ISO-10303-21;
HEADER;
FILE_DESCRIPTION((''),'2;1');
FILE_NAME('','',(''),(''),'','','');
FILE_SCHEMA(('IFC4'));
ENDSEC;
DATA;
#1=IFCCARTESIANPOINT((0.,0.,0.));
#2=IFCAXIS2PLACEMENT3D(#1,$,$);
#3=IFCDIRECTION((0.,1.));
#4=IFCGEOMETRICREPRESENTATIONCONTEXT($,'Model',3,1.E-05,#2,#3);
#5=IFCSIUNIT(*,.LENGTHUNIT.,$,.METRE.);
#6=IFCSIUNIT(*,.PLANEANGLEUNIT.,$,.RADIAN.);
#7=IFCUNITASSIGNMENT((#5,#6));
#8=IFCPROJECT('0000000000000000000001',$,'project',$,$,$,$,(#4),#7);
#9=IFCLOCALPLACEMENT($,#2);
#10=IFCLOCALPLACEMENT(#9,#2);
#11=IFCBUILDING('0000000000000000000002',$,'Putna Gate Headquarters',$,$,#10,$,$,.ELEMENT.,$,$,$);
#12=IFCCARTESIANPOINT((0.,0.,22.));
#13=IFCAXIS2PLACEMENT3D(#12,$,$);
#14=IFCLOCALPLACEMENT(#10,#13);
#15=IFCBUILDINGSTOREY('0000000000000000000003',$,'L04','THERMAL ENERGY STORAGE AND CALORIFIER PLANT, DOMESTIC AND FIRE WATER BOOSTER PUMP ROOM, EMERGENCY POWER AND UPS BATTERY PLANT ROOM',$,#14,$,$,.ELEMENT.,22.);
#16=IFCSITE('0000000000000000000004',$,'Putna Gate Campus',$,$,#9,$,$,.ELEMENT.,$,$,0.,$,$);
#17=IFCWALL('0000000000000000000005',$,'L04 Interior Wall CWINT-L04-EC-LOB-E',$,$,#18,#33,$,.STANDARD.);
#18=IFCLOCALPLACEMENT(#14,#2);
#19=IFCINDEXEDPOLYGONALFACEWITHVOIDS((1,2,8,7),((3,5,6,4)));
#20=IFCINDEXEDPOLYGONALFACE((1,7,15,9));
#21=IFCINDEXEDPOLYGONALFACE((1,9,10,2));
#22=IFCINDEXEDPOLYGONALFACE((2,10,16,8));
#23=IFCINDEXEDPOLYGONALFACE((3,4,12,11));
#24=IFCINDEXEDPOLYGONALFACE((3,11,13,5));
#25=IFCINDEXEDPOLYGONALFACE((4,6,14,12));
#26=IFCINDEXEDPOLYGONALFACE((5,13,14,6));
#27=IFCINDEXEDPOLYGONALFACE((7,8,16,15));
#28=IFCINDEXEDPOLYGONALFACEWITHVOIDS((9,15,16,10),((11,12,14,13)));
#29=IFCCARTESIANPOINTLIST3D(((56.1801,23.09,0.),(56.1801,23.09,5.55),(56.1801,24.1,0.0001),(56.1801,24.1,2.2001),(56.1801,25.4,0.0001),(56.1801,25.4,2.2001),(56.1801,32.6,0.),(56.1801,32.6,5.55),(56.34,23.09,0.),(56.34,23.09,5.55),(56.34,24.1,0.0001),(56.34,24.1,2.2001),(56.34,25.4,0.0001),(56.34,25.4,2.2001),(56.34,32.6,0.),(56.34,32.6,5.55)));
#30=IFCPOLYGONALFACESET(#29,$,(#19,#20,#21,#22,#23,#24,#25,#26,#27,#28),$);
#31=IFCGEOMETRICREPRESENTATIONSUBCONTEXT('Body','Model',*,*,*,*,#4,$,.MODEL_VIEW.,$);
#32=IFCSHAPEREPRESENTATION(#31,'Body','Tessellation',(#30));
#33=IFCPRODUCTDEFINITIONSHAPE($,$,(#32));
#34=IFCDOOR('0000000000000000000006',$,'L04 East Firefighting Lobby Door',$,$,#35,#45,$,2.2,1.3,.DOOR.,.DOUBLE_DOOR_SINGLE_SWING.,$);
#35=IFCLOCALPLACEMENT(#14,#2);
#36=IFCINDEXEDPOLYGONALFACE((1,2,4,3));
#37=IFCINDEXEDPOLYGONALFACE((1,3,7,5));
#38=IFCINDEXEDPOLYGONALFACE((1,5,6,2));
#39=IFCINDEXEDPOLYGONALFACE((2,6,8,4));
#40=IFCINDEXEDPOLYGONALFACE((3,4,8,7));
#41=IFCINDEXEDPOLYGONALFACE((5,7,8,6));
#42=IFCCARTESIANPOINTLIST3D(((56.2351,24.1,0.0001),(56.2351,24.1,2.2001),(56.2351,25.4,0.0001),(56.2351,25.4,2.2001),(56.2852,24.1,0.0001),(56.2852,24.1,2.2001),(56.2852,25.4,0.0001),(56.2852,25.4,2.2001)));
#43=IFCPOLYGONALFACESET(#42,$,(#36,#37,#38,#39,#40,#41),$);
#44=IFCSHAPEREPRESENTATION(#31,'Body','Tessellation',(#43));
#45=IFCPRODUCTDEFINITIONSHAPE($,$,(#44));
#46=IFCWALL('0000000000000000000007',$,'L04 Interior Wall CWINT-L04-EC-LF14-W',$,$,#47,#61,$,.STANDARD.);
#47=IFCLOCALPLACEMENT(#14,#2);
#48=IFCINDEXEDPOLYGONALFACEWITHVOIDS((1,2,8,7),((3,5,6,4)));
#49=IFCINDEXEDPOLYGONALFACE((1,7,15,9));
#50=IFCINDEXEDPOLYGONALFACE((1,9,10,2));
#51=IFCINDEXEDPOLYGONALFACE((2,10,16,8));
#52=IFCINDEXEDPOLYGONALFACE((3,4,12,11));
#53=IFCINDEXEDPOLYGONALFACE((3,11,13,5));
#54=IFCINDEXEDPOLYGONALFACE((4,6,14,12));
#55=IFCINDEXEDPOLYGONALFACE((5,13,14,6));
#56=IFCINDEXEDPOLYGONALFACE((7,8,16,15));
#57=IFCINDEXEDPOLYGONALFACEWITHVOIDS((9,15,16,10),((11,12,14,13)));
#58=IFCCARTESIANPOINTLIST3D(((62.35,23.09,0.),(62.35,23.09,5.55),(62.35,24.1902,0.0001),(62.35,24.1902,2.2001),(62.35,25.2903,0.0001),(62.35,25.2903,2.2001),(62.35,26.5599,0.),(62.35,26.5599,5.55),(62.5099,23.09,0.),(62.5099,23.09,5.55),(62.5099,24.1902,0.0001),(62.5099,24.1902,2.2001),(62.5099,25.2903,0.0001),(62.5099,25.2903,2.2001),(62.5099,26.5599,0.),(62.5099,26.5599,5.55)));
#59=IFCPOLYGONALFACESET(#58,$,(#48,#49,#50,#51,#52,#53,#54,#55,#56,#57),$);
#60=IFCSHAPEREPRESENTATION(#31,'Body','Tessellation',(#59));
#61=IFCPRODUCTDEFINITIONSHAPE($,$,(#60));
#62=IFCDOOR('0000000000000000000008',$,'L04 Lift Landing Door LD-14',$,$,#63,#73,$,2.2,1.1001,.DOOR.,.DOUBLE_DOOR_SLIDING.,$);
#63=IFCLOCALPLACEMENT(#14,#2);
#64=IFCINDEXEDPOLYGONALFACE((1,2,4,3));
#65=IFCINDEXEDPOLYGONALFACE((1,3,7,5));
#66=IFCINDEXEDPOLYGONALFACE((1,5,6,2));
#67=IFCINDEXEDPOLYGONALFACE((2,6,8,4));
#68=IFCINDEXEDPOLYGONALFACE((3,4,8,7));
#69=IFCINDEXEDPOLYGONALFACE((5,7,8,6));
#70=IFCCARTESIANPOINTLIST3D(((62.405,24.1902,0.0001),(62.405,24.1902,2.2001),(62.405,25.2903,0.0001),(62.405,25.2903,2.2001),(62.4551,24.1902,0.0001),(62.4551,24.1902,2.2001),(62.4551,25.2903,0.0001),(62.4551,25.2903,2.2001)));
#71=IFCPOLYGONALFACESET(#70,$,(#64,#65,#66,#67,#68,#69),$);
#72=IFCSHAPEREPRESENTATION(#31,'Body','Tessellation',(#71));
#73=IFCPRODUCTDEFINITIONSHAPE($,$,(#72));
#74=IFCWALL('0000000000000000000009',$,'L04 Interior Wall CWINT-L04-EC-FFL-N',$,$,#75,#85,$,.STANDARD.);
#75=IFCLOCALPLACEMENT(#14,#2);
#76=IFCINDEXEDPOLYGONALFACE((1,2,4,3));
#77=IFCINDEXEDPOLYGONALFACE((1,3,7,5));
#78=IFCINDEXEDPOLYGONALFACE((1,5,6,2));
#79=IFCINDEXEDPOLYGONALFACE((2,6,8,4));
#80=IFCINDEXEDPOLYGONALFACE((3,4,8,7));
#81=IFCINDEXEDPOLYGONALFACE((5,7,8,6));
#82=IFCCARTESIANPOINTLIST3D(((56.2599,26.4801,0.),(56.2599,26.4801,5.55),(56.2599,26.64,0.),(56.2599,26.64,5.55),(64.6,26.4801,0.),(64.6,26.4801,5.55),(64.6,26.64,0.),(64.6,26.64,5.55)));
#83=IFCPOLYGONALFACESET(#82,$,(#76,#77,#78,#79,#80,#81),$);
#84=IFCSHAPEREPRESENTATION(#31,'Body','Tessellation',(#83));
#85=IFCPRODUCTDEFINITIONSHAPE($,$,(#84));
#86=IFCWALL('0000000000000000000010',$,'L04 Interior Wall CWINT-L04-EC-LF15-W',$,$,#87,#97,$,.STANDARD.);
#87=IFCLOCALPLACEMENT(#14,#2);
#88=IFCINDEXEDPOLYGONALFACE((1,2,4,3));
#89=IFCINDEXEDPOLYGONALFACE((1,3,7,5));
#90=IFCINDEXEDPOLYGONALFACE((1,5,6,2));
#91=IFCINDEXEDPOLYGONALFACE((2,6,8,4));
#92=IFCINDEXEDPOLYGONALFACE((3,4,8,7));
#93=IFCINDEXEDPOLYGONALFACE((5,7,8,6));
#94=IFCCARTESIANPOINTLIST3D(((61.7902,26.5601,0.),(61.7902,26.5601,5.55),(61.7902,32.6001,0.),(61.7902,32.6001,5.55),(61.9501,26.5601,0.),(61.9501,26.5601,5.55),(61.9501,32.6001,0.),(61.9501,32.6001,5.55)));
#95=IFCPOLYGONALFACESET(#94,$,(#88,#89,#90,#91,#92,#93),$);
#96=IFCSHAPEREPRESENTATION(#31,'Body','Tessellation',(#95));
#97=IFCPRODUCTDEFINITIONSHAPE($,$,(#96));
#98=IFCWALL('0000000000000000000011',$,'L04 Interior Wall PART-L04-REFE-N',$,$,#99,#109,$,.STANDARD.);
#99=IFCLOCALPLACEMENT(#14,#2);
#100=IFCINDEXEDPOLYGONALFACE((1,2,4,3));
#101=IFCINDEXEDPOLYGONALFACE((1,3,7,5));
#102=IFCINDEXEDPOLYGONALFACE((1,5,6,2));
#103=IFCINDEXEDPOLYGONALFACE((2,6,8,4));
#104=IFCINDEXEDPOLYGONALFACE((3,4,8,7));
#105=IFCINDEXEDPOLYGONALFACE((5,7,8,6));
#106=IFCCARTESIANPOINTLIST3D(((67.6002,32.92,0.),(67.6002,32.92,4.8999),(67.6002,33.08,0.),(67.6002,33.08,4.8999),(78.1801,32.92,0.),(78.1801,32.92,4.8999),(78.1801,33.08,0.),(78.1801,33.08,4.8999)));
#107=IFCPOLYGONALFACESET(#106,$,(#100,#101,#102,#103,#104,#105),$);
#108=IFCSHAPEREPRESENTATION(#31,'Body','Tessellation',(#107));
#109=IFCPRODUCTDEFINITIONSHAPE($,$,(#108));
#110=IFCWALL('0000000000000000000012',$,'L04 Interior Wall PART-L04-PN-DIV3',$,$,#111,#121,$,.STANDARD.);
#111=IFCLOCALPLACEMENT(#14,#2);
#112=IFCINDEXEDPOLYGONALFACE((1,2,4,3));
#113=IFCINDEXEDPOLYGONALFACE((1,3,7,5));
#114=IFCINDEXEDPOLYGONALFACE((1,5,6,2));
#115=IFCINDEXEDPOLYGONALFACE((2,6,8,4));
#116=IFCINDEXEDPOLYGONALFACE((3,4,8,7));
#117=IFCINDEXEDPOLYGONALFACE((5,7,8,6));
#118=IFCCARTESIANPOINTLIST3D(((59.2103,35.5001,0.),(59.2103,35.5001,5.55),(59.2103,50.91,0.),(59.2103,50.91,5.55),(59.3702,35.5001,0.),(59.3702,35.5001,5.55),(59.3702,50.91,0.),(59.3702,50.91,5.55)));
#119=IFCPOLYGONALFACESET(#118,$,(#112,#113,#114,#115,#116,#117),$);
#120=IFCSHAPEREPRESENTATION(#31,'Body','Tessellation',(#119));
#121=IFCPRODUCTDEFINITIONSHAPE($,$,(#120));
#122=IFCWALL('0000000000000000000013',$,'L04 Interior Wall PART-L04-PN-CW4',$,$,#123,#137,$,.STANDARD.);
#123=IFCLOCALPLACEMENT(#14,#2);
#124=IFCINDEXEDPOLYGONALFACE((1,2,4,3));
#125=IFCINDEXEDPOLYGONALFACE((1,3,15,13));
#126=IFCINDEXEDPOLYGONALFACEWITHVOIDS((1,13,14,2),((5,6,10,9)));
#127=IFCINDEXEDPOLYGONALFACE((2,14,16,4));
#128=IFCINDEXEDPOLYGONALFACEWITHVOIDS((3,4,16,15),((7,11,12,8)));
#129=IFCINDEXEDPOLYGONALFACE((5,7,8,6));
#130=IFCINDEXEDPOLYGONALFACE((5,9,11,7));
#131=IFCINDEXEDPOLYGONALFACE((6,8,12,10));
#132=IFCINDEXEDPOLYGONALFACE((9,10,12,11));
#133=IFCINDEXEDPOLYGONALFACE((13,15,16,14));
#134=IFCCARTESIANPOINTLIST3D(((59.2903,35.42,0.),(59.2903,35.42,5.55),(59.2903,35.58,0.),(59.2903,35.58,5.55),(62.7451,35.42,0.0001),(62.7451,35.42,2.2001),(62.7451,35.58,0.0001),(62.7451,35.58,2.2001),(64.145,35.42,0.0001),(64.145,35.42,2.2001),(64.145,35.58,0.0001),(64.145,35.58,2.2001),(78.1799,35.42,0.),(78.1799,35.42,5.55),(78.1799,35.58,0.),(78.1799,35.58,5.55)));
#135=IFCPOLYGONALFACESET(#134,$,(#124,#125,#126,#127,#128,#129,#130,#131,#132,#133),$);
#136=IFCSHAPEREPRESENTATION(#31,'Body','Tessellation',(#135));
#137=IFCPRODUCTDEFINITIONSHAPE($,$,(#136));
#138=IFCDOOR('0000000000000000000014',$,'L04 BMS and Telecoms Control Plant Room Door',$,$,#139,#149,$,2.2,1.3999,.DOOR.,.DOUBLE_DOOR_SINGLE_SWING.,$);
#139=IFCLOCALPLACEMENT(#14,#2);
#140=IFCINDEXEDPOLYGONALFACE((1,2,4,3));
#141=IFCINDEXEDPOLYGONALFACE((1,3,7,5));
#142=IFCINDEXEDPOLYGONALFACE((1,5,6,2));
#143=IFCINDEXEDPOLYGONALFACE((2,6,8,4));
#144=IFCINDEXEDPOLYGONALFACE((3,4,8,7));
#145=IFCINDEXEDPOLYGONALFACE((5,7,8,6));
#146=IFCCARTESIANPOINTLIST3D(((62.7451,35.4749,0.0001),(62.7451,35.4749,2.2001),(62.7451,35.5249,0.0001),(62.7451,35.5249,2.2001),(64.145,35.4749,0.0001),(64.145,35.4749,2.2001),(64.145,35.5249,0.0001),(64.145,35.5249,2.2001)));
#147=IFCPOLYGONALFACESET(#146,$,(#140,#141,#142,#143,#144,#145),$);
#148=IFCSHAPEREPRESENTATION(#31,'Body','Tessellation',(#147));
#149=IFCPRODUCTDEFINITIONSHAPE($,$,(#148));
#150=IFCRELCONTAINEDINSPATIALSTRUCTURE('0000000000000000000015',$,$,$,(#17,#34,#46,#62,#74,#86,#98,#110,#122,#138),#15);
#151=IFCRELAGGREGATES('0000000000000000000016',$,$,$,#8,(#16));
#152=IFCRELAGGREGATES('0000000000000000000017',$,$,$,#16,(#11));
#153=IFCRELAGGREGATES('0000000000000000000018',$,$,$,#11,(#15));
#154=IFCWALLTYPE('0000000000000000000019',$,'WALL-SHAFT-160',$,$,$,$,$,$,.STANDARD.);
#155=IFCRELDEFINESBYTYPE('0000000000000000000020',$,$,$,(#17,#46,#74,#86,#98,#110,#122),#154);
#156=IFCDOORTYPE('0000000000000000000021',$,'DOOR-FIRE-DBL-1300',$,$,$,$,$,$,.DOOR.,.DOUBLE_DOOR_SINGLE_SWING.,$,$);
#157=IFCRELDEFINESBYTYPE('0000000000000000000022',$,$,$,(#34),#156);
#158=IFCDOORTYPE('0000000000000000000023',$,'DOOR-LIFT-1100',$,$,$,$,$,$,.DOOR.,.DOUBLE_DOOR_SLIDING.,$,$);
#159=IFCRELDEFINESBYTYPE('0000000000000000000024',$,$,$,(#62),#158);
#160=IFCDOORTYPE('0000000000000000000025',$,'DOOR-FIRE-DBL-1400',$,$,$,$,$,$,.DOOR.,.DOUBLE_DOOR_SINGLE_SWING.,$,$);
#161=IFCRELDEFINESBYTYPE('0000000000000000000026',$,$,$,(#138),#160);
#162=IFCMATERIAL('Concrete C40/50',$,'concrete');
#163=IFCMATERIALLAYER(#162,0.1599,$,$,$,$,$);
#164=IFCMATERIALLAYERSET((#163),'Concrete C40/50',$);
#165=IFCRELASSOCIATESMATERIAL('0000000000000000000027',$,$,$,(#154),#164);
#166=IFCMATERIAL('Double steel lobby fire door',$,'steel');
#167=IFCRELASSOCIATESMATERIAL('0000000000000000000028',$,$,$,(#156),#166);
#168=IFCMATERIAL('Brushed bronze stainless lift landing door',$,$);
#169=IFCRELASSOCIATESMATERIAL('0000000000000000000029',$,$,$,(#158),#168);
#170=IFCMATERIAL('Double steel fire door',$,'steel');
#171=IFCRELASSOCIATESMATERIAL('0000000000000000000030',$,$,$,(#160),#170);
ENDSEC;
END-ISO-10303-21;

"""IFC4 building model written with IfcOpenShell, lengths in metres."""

from ifc_helpers import new_model, si_unit, direction, frame, frame_2d, origin, place, context, subcontext, project, spatial, rectangle, extrude, material, layer, layer_set, type_object, element, fill, save


model = new_model("IFC4")

# Units and contexts
model_context = context("Model", 3, precision=1e-05, world=origin(), true_north=direction((0.0, 1.0)))
body_context = subcontext(model_context, "Body", "Model", "MODEL_VIEW")
ifc_project = project(units=[si_unit("LENGTHUNIT", "METRE"), si_unit("PLANEANGLEUNIT", "RADIAN")], contexts=[model_context])

# Site, building, storey
site_placement = place(None, origin())
site = spatial("IfcSite", under=ifc_project, at=site_placement, Name="Putna Gate Campus", CompositionType="ELEMENT", RefElevation=0.0)
building_placement = place(site_placement, origin())
building = spatial("IfcBuilding", under=site, at=building_placement, Name="Putna Gate Headquarters", CompositionType="ELEMENT")
storey_placement = place(building_placement, frame((0.0, 0.0, 22.0)))
storey = spatial("IfcBuildingStorey", under=building, at=storey_placement, Name="L04", Description="THERMAL ENERGY STORAGE AND CALORIFIER PLANT, DOMESTIC AND FIRE WATER BOOSTER PUMP ROOM, EMERGENCY POWER AND UPS BATTERY PLANT ROOM", CompositionType="ELEMENT", Elevation=22.0)

# Walls, openings, doors
ifc_material_1 = material(Name="Concrete C40/50", Category="concrete")
ifc_layer_1 = layer(ifc_material_1, 0.1599)
ifc_layer_set_1 = layer_set([ifc_layer_1], Name="Concrete C40/50")
wall_type_1 = type_object("IfcWallType", Name="WALL-SHAFT-160", PredefinedType="STANDARD", material=ifc_layer_set_1)
wall_1_placement = place(storey_placement, frame((56.26, 23.0901, 0.0), z_axis=(0.0, 0.0, 1.0), x_axis=(0.0, 1.0, 0.0)))
wall_1 = element("IfcWall", 1, at=wall_1_placement, inside=storey, type_object=wall_type_1, Name="L04 Interior Wall CWINT-L04-EC-LOB-E", PredefinedType="STANDARD", context=body_context, shape_type="SweptSolid", body=[
    extrude(rectangle(XDim=9.51, YDim=0.1599, at=frame_2d((4.7549, 0.0))), origin(), (0.0, 0.0, 1.0), 5.55),
])
opening_1_placement = place(wall_1_placement, frame((1.01, 0.0, 0.0)))
opening_1 = element("IfcOpeningElement", 2, at=opening_1_placement, cuts=wall_1, PredefinedType="OPENING", context=body_context, shape_type="SweptSolid", body=[
    extrude(rectangle(XDim=1.3, YDim=2.2, at=frame_2d((0.6499, 1.1001))), frame((0.0, 0.0898, 0.0), z_axis=(0.0, -1.0, 0.0), x_axis=(1.0, 0.0, 0.0)), (0.0, 0.0, 1.0), 0.1799),
])
ifc_material_2 = material(Name="Double steel lobby fire door", Category="steel")
door_type_1 = type_object("IfcDoorType", Name="DOOR-FIRE-DBL-1300", OperationType="DOUBLE_DOOR_SINGLE_SWING", PredefinedType="DOOR", material=ifc_material_2)
door_1_placement = place(opening_1_placement, origin())
door_1 = element("IfcDoor", 3, at=door_1_placement, inside=storey, type_object=door_type_1, Name="L04 East Firefighting Lobby Door", OperationType="DOUBLE_DOOR_SINGLE_SWING", OverallHeight=2.2, OverallWidth=1.3, PredefinedType="DOOR", context=body_context, shape_type="SweptSolid", body=[
    extrude(rectangle(XDim=1.3, YDim=2.2, at=frame_2d((0.6499, 1.1001))), frame((0.0, 0.0249, 0.0), z_axis=(0.0, -1.0, 0.0), x_axis=(1.0, 0.0, 0.0)), (0.0, 0.0, 1.0), 0.05),
])
fill(opening_1, door_1)
wall_2_placement = place(storey_placement, frame((62.4299, 23.0901, 0.0), z_axis=(0.0, 0.0, 1.0), x_axis=(0.0, 1.0, 0.0)))
wall_2 = element("IfcWall", 4, at=wall_2_placement, inside=storey, type_object=wall_type_1, Name="L04 Interior Wall CWINT-L04-EC-LF14-W", PredefinedType="STANDARD", context=body_context, shape_type="SweptSolid", body=[
    extrude(rectangle(XDim=3.47, YDim=0.1599, at=frame_2d((1.7349, 0.0))), origin(), (0.0, 0.0, 1.0), 5.55),
])
opening_2_placement = place(wall_2_placement, frame((1.1001, 0.0, 0.0)))
opening_2 = element("IfcOpeningElement", 5, at=opening_2_placement, cuts=wall_2, PredefinedType="OPENING", context=body_context, shape_type="SweptSolid", body=[
    extrude(rectangle(XDim=1.1001, YDim=2.2, at=frame_2d((0.55, 1.1001))), frame((0.0, 0.0898, 0.0), z_axis=(0.0, -1.0, 0.0), x_axis=(1.0, 0.0, 0.0)), (0.0, 0.0, 1.0), 0.1799),
])
ifc_material_3 = material(Name="Brushed bronze stainless lift landing door")
door_type_2 = type_object("IfcDoorType", Name="DOOR-LIFT-1100", OperationType="DOUBLE_DOOR_SLIDING", PredefinedType="DOOR", material=ifc_material_3)
door_2_placement = place(opening_2_placement, origin())
door_2 = element("IfcDoor", 6, at=door_2_placement, inside=storey, type_object=door_type_2, Name="L04 Lift Landing Door LD-14", OperationType="DOUBLE_DOOR_SLIDING", OverallHeight=2.2, OverallWidth=1.1001, PredefinedType="DOOR", context=body_context, shape_type="SweptSolid", body=[
    extrude(rectangle(XDim=1.1001, YDim=2.2, at=frame_2d((0.55, 1.1001))), frame((0.0, 0.0249, 0.0), z_axis=(0.0, -1.0, 0.0), x_axis=(1.0, 0.0, 0.0)), (0.0, 0.0, 1.0), 0.05),
])
fill(opening_2, door_2)

# Walls
wall_3_placement = place(storey_placement, frame((56.26, 26.5601, 0.0), z_axis=(0.0, 0.0, 1.0), x_axis=(1.0, 0.0, 0.0)))
element("IfcWall", 7, at=wall_3_placement, inside=storey, type_object=wall_type_1, Name="L04 Interior Wall CWINT-L04-EC-FFL-N", PredefinedType="STANDARD", context=body_context, shape_type="SweptSolid", body=[
    extrude(rectangle(XDim=8.3401, YDim=0.1599, at=frame_2d((4.1699, 0.0))), origin(), (0.0, 0.0, 1.0), 5.55),
])
wall_4_placement = place(storey_placement, frame((61.8701, 26.5601, 0.0), z_axis=(0.0, 0.0, 1.0), x_axis=(0.0, 1.0, 0.0)))
element("IfcWall", 8, at=wall_4_placement, inside=storey, type_object=wall_type_1, Name="L04 Interior Wall CWINT-L04-EC-LF15-W", PredefinedType="STANDARD", context=body_context, shape_type="SweptSolid", body=[
    extrude(rectangle(XDim=6.04, YDim=0.1599, at=frame_2d((3.02, 0.0))), origin(), (0.0, 0.0, 1.0), 5.55),
])
wall_5_placement = place(storey_placement, frame((67.6001, 33.0, 0.0), z_axis=(0.0, 0.0, 1.0), x_axis=(1.0, 0.0, 0.0)))
element("IfcWall", 9, at=wall_5_placement, inside=storey, type_object=wall_type_1, Name="L04 Interior Wall PART-L04-REFE-N", PredefinedType="STANDARD", context=body_context, shape_type="SweptSolid", body=[
    extrude(rectangle(XDim=10.5798, YDim=0.1599, at=frame_2d((5.29, 0.0))), origin(), (0.0, 0.0, 1.0), 4.8999),
])
wall_6_placement = place(storey_placement, frame((59.2903, 35.5, 0.0), z_axis=(0.0, 0.0, 1.0), x_axis=(0.0, 1.0, 0.0)))
element("IfcWall", 10, at=wall_6_placement, inside=storey, type_object=wall_type_1, Name="L04 Interior Wall PART-L04-PN-DIV3", PredefinedType="STANDARD", context=body_context, shape_type="SweptSolid", body=[
    extrude(rectangle(XDim=15.4099, YDim=0.1599, at=frame_2d((7.7051, 0.0))), origin(), (0.0, 0.0, 1.0), 5.55),
])

# Wall, opening, door
wall_7_placement = place(storey_placement, frame((59.2903, 35.5, 0.0), z_axis=(0.0, 0.0, 1.0), x_axis=(1.0, 0.0, 0.0)))
wall_7 = element("IfcWall", 11, at=wall_7_placement, inside=storey, type_object=wall_type_1, Name="L04 Interior Wall PART-L04-PN-CW4", PredefinedType="STANDARD", context=body_context, shape_type="SweptSolid", body=[
    extrude(rectangle(XDim=18.8896, YDim=0.1599, at=frame_2d((9.4448, 0.0))), origin(), (0.0, 0.0, 1.0), 5.55),
])
opening_3_placement = place(wall_7_placement, frame((3.4548, 0.0, 0.0)))
opening_3 = element("IfcOpeningElement", 12, at=opening_3_placement, cuts=wall_7, PredefinedType="OPENING", context=body_context, shape_type="SweptSolid", body=[
    extrude(rectangle(XDim=1.3999, YDim=2.2, at=frame_2d((0.7, 1.1001))), frame((0.0, 0.0898, 0.0), z_axis=(0.0, -1.0, 0.0), x_axis=(1.0, 0.0, 0.0)), (0.0, 0.0, 1.0), 0.1799),
])
ifc_material_4 = material(Name="Double steel fire door", Category="steel")
door_type_3 = type_object("IfcDoorType", Name="DOOR-FIRE-DBL-1400", OperationType="DOUBLE_DOOR_SINGLE_SWING", PredefinedType="DOOR", material=ifc_material_4)
door_3_placement = place(opening_3_placement, origin())
door_3 = element("IfcDoor", 13, at=door_3_placement, inside=storey, type_object=door_type_3, Name="L04 BMS and Telecoms Control Plant Room Door", OperationType="DOUBLE_DOOR_SINGLE_SWING", OverallHeight=2.2, OverallWidth=1.3999, PredefinedType="DOOR", context=body_context, shape_type="SweptSolid", body=[
    extrude(rectangle(XDim=1.3999, YDim=2.2, at=frame_2d((0.7, 1.1001))), frame((0.0, 0.0249, 0.0), z_axis=(0.0, -1.0, 0.0), x_axis=(1.0, 0.0, 0.0)), (0.0, 0.0, 1.0), 0.05),
])
fill(opening_3, door_3)

save(model, "model.ifc")
